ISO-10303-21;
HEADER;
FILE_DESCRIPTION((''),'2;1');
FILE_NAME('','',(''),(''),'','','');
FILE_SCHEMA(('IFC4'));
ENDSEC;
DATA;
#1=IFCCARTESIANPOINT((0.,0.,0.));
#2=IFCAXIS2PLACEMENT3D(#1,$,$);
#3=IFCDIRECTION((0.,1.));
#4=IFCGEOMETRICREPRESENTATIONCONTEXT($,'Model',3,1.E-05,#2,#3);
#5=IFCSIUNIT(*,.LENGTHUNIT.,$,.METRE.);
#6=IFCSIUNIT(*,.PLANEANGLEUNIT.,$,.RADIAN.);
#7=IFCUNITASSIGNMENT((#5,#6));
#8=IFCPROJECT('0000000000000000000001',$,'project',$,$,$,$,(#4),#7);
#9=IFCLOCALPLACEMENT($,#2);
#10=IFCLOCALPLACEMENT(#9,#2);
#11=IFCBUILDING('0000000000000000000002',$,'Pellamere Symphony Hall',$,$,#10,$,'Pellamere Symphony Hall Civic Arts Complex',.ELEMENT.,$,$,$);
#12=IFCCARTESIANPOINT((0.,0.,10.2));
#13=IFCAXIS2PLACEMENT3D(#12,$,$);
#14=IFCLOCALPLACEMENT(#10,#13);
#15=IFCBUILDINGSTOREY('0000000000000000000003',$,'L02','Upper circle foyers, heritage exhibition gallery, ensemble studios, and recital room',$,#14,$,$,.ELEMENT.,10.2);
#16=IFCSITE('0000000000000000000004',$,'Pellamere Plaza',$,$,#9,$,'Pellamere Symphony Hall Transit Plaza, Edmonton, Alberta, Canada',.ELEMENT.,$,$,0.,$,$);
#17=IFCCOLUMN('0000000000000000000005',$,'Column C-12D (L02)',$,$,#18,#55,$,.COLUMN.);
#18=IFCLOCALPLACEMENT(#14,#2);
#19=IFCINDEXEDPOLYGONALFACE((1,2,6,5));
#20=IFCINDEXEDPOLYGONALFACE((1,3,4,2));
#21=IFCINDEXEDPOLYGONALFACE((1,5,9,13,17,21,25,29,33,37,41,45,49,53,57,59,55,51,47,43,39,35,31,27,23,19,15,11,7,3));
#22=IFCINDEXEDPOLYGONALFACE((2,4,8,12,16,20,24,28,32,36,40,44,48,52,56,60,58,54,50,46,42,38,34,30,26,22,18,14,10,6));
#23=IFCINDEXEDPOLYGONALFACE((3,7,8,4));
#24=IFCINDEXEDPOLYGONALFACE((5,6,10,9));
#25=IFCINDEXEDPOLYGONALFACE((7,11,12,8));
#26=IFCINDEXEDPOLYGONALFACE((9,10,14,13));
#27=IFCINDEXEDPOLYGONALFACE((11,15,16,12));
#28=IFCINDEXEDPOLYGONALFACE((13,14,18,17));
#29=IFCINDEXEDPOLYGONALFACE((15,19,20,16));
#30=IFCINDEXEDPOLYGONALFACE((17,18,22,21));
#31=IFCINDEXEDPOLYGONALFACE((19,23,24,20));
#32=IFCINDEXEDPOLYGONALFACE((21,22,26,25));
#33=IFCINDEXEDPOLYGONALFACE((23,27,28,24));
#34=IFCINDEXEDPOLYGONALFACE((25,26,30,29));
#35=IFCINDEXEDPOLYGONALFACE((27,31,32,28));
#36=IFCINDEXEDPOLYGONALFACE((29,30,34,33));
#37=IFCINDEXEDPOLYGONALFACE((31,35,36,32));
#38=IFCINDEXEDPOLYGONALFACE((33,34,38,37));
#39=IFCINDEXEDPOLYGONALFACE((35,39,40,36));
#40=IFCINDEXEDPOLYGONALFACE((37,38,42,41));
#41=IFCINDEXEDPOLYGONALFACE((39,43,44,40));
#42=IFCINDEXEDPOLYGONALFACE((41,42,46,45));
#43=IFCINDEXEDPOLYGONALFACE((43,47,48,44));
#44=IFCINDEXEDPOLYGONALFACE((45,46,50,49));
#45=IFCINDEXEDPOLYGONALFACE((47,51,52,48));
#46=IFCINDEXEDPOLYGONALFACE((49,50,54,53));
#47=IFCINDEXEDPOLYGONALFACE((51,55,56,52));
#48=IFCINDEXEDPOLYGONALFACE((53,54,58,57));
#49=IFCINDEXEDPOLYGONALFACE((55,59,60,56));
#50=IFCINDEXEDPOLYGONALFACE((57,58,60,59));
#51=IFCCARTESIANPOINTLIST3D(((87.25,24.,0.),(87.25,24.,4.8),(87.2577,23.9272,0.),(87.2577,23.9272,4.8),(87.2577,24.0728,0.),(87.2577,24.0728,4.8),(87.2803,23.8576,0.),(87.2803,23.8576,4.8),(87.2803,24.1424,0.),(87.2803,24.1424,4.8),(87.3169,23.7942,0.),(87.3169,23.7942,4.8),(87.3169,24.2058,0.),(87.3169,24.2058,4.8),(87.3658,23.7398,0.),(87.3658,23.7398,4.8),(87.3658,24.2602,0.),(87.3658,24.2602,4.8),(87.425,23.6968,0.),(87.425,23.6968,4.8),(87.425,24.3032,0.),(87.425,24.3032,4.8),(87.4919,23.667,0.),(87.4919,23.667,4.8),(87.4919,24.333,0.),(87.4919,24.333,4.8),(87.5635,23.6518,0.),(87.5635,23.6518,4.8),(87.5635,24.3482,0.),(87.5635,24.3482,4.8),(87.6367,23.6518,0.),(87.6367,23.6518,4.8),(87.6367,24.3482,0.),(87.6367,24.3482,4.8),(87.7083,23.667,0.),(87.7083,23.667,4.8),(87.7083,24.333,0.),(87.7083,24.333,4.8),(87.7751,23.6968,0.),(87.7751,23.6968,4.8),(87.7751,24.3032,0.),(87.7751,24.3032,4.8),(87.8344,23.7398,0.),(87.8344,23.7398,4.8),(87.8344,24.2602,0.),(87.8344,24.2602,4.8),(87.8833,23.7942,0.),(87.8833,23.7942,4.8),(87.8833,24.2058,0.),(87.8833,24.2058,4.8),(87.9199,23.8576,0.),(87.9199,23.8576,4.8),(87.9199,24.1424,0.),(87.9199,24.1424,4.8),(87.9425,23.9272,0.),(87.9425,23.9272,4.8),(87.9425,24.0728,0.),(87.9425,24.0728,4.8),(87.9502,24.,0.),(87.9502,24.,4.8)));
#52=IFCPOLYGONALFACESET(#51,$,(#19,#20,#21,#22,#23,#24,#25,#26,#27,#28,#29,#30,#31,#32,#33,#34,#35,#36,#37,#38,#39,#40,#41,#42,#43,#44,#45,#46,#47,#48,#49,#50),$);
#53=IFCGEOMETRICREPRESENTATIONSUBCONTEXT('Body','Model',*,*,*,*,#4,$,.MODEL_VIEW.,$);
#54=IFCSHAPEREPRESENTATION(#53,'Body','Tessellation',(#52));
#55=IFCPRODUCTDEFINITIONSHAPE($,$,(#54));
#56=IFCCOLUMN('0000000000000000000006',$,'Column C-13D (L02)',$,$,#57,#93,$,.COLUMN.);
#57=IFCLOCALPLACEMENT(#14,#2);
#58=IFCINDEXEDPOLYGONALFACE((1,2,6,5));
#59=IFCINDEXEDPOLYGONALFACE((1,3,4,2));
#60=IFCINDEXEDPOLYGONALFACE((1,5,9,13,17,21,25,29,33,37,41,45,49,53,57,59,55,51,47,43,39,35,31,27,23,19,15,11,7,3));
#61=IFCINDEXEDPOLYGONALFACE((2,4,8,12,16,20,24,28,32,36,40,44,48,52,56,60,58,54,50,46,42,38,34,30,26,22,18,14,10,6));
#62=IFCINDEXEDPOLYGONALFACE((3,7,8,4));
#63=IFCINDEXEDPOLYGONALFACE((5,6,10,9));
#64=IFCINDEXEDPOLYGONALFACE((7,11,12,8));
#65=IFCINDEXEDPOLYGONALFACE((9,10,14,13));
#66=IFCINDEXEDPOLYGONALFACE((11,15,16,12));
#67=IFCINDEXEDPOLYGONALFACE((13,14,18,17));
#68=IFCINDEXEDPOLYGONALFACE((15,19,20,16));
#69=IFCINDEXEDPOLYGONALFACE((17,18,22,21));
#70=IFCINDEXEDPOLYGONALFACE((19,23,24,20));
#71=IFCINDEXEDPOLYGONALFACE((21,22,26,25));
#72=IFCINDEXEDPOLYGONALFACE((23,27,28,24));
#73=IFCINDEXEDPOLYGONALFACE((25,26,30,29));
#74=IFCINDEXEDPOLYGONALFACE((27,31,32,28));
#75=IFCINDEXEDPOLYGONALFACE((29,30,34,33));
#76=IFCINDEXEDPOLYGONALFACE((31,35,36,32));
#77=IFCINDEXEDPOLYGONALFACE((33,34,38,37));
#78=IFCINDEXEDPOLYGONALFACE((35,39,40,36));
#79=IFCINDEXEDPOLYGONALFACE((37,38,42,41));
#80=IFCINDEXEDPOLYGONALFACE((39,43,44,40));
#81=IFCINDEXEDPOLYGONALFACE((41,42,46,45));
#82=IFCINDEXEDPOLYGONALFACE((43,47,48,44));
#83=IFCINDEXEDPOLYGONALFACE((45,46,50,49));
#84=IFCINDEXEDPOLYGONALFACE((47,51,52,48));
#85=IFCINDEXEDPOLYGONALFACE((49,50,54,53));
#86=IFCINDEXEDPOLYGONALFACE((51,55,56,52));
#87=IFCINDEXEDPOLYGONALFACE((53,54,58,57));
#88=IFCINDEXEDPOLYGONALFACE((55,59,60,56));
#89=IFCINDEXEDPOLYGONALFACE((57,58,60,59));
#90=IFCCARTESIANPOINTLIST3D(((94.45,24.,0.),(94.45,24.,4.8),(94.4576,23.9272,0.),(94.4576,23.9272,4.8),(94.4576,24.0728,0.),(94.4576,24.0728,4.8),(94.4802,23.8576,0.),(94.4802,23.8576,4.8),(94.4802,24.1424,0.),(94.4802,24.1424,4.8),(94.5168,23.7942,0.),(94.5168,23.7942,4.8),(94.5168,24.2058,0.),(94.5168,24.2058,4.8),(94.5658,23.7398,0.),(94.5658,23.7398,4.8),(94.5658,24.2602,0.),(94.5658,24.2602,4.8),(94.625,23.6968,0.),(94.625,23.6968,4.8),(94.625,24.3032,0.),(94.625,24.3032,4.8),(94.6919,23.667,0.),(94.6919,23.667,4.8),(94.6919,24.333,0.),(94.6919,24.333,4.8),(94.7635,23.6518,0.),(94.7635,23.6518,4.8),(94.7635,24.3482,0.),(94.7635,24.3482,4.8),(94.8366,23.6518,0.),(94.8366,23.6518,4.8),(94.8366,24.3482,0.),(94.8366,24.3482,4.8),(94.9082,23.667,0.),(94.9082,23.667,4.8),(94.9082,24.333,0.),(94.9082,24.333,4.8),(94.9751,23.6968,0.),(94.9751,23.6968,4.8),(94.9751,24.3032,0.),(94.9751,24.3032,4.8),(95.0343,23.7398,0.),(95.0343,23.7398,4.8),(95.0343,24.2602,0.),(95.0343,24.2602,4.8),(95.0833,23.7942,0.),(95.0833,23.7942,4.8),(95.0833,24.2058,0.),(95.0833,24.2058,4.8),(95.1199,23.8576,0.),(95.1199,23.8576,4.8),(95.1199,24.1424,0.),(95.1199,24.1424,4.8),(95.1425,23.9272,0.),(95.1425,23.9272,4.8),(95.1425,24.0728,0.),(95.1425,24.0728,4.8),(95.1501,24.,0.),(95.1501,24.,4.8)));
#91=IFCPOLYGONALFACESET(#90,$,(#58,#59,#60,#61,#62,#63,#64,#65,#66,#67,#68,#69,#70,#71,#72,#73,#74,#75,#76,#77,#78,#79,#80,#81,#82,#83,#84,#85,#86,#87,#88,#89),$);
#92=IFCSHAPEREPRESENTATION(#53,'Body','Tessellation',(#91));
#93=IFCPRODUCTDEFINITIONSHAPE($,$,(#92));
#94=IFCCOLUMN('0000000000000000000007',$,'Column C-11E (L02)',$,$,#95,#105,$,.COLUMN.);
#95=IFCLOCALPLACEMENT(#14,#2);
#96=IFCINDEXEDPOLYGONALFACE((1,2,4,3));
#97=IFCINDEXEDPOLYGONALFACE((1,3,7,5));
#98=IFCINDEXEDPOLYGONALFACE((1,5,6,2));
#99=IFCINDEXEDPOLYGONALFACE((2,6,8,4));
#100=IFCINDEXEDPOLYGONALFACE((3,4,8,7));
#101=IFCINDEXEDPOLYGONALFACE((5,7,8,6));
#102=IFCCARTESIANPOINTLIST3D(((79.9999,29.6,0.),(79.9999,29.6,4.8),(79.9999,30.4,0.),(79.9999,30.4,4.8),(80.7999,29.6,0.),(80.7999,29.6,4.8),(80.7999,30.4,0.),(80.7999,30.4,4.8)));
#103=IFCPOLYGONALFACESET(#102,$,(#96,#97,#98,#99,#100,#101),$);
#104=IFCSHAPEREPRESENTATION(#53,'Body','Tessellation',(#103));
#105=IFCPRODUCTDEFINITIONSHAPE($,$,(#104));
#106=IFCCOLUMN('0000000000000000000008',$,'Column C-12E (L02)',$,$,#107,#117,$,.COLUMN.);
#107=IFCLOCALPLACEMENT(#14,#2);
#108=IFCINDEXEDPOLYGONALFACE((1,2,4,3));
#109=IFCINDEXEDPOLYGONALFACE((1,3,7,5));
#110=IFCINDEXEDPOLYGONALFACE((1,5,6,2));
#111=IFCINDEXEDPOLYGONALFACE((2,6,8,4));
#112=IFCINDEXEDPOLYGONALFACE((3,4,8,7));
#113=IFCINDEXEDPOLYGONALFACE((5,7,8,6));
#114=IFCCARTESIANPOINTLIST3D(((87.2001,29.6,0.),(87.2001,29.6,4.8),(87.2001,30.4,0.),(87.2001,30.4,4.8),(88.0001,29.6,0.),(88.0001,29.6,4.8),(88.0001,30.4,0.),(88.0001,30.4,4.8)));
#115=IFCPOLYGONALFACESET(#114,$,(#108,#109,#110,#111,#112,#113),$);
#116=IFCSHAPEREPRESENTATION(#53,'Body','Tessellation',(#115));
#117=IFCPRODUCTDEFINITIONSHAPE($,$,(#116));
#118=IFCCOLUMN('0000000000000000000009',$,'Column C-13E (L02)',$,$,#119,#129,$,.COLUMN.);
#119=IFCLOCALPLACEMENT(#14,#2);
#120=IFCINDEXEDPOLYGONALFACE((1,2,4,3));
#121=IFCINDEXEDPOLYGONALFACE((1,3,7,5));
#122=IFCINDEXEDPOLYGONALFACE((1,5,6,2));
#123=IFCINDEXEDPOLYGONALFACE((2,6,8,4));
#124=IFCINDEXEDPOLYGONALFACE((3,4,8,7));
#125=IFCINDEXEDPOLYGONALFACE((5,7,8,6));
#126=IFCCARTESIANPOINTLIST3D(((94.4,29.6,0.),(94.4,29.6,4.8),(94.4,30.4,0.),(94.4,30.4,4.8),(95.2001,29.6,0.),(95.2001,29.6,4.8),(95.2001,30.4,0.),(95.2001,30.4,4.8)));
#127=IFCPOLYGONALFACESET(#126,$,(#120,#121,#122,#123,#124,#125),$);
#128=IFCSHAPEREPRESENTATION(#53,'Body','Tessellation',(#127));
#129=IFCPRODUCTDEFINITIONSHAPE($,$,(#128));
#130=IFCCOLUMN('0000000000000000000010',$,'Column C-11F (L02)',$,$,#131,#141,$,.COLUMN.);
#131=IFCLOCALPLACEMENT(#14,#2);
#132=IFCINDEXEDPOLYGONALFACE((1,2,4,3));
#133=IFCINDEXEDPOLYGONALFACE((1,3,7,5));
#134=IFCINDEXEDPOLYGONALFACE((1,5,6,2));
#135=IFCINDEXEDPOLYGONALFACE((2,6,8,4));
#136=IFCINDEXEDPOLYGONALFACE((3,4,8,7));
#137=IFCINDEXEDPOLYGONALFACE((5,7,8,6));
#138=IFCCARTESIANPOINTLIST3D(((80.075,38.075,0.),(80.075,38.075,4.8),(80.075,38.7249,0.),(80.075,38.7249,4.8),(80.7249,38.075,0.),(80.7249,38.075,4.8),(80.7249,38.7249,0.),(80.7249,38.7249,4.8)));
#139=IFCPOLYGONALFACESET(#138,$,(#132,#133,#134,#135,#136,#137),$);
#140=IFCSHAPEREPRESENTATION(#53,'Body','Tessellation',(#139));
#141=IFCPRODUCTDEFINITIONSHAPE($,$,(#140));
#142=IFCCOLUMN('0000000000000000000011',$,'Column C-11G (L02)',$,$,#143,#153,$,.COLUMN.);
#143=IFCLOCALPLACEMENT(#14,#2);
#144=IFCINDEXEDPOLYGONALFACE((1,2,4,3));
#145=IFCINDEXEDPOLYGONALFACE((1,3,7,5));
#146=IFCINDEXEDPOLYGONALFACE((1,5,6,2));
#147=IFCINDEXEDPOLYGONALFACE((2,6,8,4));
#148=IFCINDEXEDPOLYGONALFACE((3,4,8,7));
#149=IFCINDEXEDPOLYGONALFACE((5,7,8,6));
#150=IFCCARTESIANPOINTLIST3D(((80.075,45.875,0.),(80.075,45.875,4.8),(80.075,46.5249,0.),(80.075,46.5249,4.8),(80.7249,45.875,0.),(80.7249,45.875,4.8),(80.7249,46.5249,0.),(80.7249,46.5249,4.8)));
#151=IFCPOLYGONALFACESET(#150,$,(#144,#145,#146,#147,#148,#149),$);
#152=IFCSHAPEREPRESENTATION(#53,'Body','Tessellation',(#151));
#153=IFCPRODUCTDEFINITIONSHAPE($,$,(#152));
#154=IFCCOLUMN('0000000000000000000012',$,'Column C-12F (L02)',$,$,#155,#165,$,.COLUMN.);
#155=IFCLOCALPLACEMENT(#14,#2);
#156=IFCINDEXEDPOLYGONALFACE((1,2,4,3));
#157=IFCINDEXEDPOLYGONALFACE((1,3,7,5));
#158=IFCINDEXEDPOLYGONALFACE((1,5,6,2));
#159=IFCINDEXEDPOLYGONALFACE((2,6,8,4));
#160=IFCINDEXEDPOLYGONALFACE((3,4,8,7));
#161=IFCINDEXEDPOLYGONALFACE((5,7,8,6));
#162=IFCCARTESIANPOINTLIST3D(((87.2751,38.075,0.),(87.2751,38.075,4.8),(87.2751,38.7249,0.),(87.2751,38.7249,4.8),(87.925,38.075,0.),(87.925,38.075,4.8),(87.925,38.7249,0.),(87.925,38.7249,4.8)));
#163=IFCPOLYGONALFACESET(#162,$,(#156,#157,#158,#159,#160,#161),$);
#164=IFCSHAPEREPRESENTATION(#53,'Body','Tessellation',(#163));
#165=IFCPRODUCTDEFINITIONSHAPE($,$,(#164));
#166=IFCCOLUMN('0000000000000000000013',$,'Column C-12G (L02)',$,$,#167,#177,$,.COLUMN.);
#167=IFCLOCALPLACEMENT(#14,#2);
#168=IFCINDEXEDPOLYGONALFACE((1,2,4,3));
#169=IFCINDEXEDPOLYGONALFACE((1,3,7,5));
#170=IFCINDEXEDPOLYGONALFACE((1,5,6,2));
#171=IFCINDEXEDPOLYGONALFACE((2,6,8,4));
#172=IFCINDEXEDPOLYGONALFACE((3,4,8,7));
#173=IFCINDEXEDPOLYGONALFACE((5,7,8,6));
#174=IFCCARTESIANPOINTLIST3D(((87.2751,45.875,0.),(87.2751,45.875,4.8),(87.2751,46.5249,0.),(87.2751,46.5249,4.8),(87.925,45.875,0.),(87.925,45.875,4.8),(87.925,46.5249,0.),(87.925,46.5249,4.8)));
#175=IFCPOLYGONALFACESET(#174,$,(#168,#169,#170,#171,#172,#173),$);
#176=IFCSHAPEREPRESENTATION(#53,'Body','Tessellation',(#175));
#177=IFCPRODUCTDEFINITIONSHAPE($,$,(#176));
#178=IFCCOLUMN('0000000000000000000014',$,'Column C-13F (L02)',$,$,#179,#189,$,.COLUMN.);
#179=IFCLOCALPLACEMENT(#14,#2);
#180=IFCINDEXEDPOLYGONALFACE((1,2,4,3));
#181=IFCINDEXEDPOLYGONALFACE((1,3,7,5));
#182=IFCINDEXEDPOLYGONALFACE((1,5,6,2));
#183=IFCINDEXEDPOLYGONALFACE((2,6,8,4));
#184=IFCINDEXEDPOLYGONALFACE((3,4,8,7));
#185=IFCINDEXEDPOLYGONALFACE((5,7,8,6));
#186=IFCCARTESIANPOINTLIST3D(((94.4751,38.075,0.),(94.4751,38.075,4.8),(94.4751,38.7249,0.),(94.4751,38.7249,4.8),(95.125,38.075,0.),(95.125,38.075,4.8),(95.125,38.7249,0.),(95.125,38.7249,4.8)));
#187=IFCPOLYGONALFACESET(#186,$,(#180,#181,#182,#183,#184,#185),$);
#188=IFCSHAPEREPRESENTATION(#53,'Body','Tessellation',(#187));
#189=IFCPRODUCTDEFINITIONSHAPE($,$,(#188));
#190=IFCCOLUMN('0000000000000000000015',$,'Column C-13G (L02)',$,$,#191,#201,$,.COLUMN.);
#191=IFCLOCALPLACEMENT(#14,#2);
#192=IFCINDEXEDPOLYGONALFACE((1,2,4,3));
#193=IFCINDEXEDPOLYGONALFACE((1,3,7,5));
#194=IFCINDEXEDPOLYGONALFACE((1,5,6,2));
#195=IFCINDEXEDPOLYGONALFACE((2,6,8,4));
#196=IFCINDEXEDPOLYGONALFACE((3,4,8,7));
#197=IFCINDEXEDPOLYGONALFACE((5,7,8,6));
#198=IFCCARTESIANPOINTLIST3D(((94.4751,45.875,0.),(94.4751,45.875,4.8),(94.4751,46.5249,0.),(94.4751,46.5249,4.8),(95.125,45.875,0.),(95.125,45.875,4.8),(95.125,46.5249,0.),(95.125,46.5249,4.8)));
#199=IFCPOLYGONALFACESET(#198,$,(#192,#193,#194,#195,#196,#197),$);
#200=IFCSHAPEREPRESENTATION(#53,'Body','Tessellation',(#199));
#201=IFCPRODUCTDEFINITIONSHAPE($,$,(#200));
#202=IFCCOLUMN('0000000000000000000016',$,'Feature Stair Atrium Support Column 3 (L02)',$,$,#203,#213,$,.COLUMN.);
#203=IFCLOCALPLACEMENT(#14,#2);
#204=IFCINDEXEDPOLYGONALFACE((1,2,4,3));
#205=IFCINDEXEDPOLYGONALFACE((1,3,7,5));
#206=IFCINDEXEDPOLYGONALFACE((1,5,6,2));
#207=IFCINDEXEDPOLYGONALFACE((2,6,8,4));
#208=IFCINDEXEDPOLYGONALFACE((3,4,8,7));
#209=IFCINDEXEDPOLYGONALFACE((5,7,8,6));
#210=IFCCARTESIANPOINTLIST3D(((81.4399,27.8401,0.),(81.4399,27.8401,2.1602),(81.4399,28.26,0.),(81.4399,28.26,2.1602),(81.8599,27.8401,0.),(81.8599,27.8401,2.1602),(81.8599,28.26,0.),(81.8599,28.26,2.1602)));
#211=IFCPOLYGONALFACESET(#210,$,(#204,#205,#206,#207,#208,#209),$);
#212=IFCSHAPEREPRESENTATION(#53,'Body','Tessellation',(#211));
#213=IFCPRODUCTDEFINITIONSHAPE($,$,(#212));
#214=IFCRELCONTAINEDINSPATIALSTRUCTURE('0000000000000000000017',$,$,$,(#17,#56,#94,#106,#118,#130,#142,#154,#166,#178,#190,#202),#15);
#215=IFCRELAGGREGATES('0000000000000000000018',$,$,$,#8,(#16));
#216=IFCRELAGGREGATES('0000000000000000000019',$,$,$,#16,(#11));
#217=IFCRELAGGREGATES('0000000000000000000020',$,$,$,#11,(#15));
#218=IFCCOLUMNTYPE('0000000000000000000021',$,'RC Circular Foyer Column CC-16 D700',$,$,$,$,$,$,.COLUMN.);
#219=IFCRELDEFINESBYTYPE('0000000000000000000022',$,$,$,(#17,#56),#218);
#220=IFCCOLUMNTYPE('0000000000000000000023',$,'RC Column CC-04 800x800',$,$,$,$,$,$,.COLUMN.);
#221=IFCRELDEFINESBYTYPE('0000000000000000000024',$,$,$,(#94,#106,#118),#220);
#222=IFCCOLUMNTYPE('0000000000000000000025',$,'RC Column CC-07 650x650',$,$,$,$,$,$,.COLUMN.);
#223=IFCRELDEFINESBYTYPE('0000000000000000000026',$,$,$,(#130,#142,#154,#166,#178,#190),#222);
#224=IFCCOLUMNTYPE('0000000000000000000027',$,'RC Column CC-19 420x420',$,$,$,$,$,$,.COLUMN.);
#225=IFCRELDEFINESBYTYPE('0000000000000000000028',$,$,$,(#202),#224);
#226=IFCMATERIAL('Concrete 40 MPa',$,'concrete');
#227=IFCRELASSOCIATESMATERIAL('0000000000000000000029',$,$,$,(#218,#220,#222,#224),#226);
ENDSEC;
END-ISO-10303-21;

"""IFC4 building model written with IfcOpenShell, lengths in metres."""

from ifc_helpers import new_model, si_unit, direction, frame, origin, origin_2d, place, context, subcontext, project, spatial, rectangle, circle, extrude, material, material_profile, profile_set, type_object, element, save


model = new_model("IFC4")

# Units and contexts
model_context = context("Model", 3, precision=1e-05, world=origin(), true_north=direction((0.0, 1.0)))
body_context = subcontext(model_context, "Body", "Model", "MODEL_VIEW")
ifc_project = project(units=[si_unit("LENGTHUNIT", "METRE"), si_unit("PLANEANGLEUNIT", "RADIAN")], contexts=[model_context])

# Site, building, storey
site_placement = place(None, origin())
site = spatial("IfcSite", under=ifc_project, at=site_placement, Name="Pellamere Plaza", LongName="Pellamere Symphony Hall Transit Plaza, Edmonton, Alberta, Canada", CompositionType="ELEMENT", RefElevation=0.0)
building_placement = place(site_placement, origin())
building = spatial("IfcBuilding", under=site, at=building_placement, Name="Pellamere Symphony Hall", LongName="Pellamere Symphony Hall Civic Arts Complex", CompositionType="ELEMENT")
storey_placement = place(building_placement, frame((0.0, 0.0, 10.2)))
storey = spatial("IfcBuildingStorey", under=building, at=storey_placement, Name="L02", Description="Upper circle foyers, heritage exhibition gallery, ensemble studios, and recital room", CompositionType="ELEMENT", Elevation=10.2)

# Columns
ifc_material_1 = material(Name="Concrete 40 MPa", Category="concrete")
ifc_material_profile_1 = material_profile(ifc_material_1, circle(Radius=0.3501, at=origin_2d()), Name="RCCOL D700")
ifc_profile_set_1 = profile_set([ifc_material_profile_1], Name="Concrete 40 MPa")
column_type_1 = type_object("IfcColumnType", Name="RC Circular Foyer Column CC-16 D700", PredefinedType="COLUMN", material=ifc_profile_set_1)
for number, where, z_axis, x_axis, name in (
    (1, (87.6001, 24.0, 0.0), (0.0, 0.0, 1.0), (1.0, 0.0, 0.0), "Column C-12D (L02)"),
    (2, (94.8, 24.0, 0.0), (0.0, 0.0, 1.0), (1.0, 0.0, 0.0), "Column C-13D (L02)"),
):
    element("IfcColumn", number, at=place(storey_placement, frame(where, z_axis=z_axis, x_axis=x_axis)), inside=storey, type_object=column_type_1, Name=name, PredefinedType="COLUMN", context=body_context, shape_type="SweptSolid", body=[
        extrude(circle(Radius=0.3501, at=origin_2d()), origin(), (0.0, 0.0, 1.0), 4.8),
    ])
ifc_material_profile_2 = material_profile(ifc_material_1, rectangle(XDim=0.8, YDim=0.8, at=origin_2d()), Name="RC 800x800")
ifc_profile_set_2 = profile_set([ifc_material_profile_2], Name="Concrete 40 MPa")
column_type_2 = type_object("IfcColumnType", Name="RC Column CC-04 800x800", PredefinedType="COLUMN", material=ifc_profile_set_2)
for number, where, z_axis, x_axis, name in (
    (3, (80.3999, 30.0, 0.0), (0.0, 0.0, 1.0), (1.0, 0.0, 0.0), "Column C-11E (L02)"),
    (4, (87.6001, 30.0, 0.0), (0.0, 0.0, 1.0), (1.0, 0.0, 0.0), "Column C-12E (L02)"),
    (5, (94.8, 30.0, 0.0), (0.0, 0.0, 1.0), (1.0, 0.0, 0.0), "Column C-13E (L02)"),
):
    element("IfcColumn", number, at=place(storey_placement, frame(where, z_axis=z_axis, x_axis=x_axis)), inside=storey, type_object=column_type_2, Name=name, PredefinedType="COLUMN", context=body_context, shape_type="SweptSolid", body=[
        extrude(rectangle(XDim=0.8, YDim=0.8, at=origin_2d()), origin(), (0.0, 0.0, 1.0), 4.8),
    ])
ifc_material_profile_3 = material_profile(ifc_material_1, rectangle(XDim=0.6499, YDim=0.6499, at=origin_2d()), Name="RC 650x650")
ifc_profile_set_3 = profile_set([ifc_material_profile_3], Name="Concrete 40 MPa")
column_type_3 = type_object("IfcColumnType", Name="RC Column CC-07 650x650", PredefinedType="COLUMN", material=ifc_profile_set_3)
for number, where, z_axis, x_axis, name in (
    (6, (80.3999, 38.3999, 0.0), (0.0, 0.0, 1.0), (1.0, 0.0, 0.0), "Column C-11F (L02)"),
    (7, (80.3999, 46.2, 0.0), (0.0, 0.0, 1.0), (1.0, 0.0, 0.0), "Column C-11G (L02)"),
    (8, (87.6001, 38.3999, 0.0), (0.0, 0.0, 1.0), (1.0, 0.0, 0.0), "Column C-12F (L02)"),
    (9, (87.6001, 46.2, 0.0), (0.0, 0.0, 1.0), (1.0, 0.0, 0.0), "Column C-12G (L02)"),
    (10, (94.8, 38.3999, 0.0), (0.0, 0.0, 1.0), (1.0, 0.0, 0.0), "Column C-13F (L02)"),
    (11, (94.8, 46.2, 0.0), (0.0, 0.0, 1.0), (1.0, 0.0, 0.0), "Column C-13G (L02)"),
):
    element("IfcColumn", number, at=place(storey_placement, frame(where, z_axis=z_axis, x_axis=x_axis)), inside=storey, type_object=column_type_3, Name=name, PredefinedType="COLUMN", context=body_context, shape_type="SweptSolid", body=[
        extrude(rectangle(XDim=0.6499, YDim=0.6499, at=origin_2d()), origin(), (0.0, 0.0, 1.0), 4.8),
    ])
ifc_material_profile_4 = material_profile(ifc_material_1, rectangle(XDim=0.4199, YDim=0.4199, at=origin_2d()), Name="RC 420x420")
ifc_profile_set_4 = profile_set([ifc_material_profile_4], Name="Concrete 40 MPa")
column_type_4 = type_object("IfcColumnType", Name="RC Column CC-19 420x420", PredefinedType="COLUMN", material=ifc_profile_set_4)
for number, where, z_axis, x_axis, name in (
    (12, (81.6499, 28.05, 0.0), (0.0, 0.0, 1.0), (1.0, 0.0, 0.0), "Feature Stair Atrium Support Column 3 (L02)"),
):
    element("IfcColumn", number, at=place(storey_placement, frame(where, z_axis=z_axis, x_axis=x_axis)), inside=storey, type_object=column_type_4, Name=name, PredefinedType="COLUMN", context=body_context, shape_type="SweptSolid", body=[
        extrude(rectangle(XDim=0.4199, YDim=0.4199, at=origin_2d()), origin(), (0.0, 0.0, 1.0), 2.1602),
    ])

save(model, "model.ifc")
